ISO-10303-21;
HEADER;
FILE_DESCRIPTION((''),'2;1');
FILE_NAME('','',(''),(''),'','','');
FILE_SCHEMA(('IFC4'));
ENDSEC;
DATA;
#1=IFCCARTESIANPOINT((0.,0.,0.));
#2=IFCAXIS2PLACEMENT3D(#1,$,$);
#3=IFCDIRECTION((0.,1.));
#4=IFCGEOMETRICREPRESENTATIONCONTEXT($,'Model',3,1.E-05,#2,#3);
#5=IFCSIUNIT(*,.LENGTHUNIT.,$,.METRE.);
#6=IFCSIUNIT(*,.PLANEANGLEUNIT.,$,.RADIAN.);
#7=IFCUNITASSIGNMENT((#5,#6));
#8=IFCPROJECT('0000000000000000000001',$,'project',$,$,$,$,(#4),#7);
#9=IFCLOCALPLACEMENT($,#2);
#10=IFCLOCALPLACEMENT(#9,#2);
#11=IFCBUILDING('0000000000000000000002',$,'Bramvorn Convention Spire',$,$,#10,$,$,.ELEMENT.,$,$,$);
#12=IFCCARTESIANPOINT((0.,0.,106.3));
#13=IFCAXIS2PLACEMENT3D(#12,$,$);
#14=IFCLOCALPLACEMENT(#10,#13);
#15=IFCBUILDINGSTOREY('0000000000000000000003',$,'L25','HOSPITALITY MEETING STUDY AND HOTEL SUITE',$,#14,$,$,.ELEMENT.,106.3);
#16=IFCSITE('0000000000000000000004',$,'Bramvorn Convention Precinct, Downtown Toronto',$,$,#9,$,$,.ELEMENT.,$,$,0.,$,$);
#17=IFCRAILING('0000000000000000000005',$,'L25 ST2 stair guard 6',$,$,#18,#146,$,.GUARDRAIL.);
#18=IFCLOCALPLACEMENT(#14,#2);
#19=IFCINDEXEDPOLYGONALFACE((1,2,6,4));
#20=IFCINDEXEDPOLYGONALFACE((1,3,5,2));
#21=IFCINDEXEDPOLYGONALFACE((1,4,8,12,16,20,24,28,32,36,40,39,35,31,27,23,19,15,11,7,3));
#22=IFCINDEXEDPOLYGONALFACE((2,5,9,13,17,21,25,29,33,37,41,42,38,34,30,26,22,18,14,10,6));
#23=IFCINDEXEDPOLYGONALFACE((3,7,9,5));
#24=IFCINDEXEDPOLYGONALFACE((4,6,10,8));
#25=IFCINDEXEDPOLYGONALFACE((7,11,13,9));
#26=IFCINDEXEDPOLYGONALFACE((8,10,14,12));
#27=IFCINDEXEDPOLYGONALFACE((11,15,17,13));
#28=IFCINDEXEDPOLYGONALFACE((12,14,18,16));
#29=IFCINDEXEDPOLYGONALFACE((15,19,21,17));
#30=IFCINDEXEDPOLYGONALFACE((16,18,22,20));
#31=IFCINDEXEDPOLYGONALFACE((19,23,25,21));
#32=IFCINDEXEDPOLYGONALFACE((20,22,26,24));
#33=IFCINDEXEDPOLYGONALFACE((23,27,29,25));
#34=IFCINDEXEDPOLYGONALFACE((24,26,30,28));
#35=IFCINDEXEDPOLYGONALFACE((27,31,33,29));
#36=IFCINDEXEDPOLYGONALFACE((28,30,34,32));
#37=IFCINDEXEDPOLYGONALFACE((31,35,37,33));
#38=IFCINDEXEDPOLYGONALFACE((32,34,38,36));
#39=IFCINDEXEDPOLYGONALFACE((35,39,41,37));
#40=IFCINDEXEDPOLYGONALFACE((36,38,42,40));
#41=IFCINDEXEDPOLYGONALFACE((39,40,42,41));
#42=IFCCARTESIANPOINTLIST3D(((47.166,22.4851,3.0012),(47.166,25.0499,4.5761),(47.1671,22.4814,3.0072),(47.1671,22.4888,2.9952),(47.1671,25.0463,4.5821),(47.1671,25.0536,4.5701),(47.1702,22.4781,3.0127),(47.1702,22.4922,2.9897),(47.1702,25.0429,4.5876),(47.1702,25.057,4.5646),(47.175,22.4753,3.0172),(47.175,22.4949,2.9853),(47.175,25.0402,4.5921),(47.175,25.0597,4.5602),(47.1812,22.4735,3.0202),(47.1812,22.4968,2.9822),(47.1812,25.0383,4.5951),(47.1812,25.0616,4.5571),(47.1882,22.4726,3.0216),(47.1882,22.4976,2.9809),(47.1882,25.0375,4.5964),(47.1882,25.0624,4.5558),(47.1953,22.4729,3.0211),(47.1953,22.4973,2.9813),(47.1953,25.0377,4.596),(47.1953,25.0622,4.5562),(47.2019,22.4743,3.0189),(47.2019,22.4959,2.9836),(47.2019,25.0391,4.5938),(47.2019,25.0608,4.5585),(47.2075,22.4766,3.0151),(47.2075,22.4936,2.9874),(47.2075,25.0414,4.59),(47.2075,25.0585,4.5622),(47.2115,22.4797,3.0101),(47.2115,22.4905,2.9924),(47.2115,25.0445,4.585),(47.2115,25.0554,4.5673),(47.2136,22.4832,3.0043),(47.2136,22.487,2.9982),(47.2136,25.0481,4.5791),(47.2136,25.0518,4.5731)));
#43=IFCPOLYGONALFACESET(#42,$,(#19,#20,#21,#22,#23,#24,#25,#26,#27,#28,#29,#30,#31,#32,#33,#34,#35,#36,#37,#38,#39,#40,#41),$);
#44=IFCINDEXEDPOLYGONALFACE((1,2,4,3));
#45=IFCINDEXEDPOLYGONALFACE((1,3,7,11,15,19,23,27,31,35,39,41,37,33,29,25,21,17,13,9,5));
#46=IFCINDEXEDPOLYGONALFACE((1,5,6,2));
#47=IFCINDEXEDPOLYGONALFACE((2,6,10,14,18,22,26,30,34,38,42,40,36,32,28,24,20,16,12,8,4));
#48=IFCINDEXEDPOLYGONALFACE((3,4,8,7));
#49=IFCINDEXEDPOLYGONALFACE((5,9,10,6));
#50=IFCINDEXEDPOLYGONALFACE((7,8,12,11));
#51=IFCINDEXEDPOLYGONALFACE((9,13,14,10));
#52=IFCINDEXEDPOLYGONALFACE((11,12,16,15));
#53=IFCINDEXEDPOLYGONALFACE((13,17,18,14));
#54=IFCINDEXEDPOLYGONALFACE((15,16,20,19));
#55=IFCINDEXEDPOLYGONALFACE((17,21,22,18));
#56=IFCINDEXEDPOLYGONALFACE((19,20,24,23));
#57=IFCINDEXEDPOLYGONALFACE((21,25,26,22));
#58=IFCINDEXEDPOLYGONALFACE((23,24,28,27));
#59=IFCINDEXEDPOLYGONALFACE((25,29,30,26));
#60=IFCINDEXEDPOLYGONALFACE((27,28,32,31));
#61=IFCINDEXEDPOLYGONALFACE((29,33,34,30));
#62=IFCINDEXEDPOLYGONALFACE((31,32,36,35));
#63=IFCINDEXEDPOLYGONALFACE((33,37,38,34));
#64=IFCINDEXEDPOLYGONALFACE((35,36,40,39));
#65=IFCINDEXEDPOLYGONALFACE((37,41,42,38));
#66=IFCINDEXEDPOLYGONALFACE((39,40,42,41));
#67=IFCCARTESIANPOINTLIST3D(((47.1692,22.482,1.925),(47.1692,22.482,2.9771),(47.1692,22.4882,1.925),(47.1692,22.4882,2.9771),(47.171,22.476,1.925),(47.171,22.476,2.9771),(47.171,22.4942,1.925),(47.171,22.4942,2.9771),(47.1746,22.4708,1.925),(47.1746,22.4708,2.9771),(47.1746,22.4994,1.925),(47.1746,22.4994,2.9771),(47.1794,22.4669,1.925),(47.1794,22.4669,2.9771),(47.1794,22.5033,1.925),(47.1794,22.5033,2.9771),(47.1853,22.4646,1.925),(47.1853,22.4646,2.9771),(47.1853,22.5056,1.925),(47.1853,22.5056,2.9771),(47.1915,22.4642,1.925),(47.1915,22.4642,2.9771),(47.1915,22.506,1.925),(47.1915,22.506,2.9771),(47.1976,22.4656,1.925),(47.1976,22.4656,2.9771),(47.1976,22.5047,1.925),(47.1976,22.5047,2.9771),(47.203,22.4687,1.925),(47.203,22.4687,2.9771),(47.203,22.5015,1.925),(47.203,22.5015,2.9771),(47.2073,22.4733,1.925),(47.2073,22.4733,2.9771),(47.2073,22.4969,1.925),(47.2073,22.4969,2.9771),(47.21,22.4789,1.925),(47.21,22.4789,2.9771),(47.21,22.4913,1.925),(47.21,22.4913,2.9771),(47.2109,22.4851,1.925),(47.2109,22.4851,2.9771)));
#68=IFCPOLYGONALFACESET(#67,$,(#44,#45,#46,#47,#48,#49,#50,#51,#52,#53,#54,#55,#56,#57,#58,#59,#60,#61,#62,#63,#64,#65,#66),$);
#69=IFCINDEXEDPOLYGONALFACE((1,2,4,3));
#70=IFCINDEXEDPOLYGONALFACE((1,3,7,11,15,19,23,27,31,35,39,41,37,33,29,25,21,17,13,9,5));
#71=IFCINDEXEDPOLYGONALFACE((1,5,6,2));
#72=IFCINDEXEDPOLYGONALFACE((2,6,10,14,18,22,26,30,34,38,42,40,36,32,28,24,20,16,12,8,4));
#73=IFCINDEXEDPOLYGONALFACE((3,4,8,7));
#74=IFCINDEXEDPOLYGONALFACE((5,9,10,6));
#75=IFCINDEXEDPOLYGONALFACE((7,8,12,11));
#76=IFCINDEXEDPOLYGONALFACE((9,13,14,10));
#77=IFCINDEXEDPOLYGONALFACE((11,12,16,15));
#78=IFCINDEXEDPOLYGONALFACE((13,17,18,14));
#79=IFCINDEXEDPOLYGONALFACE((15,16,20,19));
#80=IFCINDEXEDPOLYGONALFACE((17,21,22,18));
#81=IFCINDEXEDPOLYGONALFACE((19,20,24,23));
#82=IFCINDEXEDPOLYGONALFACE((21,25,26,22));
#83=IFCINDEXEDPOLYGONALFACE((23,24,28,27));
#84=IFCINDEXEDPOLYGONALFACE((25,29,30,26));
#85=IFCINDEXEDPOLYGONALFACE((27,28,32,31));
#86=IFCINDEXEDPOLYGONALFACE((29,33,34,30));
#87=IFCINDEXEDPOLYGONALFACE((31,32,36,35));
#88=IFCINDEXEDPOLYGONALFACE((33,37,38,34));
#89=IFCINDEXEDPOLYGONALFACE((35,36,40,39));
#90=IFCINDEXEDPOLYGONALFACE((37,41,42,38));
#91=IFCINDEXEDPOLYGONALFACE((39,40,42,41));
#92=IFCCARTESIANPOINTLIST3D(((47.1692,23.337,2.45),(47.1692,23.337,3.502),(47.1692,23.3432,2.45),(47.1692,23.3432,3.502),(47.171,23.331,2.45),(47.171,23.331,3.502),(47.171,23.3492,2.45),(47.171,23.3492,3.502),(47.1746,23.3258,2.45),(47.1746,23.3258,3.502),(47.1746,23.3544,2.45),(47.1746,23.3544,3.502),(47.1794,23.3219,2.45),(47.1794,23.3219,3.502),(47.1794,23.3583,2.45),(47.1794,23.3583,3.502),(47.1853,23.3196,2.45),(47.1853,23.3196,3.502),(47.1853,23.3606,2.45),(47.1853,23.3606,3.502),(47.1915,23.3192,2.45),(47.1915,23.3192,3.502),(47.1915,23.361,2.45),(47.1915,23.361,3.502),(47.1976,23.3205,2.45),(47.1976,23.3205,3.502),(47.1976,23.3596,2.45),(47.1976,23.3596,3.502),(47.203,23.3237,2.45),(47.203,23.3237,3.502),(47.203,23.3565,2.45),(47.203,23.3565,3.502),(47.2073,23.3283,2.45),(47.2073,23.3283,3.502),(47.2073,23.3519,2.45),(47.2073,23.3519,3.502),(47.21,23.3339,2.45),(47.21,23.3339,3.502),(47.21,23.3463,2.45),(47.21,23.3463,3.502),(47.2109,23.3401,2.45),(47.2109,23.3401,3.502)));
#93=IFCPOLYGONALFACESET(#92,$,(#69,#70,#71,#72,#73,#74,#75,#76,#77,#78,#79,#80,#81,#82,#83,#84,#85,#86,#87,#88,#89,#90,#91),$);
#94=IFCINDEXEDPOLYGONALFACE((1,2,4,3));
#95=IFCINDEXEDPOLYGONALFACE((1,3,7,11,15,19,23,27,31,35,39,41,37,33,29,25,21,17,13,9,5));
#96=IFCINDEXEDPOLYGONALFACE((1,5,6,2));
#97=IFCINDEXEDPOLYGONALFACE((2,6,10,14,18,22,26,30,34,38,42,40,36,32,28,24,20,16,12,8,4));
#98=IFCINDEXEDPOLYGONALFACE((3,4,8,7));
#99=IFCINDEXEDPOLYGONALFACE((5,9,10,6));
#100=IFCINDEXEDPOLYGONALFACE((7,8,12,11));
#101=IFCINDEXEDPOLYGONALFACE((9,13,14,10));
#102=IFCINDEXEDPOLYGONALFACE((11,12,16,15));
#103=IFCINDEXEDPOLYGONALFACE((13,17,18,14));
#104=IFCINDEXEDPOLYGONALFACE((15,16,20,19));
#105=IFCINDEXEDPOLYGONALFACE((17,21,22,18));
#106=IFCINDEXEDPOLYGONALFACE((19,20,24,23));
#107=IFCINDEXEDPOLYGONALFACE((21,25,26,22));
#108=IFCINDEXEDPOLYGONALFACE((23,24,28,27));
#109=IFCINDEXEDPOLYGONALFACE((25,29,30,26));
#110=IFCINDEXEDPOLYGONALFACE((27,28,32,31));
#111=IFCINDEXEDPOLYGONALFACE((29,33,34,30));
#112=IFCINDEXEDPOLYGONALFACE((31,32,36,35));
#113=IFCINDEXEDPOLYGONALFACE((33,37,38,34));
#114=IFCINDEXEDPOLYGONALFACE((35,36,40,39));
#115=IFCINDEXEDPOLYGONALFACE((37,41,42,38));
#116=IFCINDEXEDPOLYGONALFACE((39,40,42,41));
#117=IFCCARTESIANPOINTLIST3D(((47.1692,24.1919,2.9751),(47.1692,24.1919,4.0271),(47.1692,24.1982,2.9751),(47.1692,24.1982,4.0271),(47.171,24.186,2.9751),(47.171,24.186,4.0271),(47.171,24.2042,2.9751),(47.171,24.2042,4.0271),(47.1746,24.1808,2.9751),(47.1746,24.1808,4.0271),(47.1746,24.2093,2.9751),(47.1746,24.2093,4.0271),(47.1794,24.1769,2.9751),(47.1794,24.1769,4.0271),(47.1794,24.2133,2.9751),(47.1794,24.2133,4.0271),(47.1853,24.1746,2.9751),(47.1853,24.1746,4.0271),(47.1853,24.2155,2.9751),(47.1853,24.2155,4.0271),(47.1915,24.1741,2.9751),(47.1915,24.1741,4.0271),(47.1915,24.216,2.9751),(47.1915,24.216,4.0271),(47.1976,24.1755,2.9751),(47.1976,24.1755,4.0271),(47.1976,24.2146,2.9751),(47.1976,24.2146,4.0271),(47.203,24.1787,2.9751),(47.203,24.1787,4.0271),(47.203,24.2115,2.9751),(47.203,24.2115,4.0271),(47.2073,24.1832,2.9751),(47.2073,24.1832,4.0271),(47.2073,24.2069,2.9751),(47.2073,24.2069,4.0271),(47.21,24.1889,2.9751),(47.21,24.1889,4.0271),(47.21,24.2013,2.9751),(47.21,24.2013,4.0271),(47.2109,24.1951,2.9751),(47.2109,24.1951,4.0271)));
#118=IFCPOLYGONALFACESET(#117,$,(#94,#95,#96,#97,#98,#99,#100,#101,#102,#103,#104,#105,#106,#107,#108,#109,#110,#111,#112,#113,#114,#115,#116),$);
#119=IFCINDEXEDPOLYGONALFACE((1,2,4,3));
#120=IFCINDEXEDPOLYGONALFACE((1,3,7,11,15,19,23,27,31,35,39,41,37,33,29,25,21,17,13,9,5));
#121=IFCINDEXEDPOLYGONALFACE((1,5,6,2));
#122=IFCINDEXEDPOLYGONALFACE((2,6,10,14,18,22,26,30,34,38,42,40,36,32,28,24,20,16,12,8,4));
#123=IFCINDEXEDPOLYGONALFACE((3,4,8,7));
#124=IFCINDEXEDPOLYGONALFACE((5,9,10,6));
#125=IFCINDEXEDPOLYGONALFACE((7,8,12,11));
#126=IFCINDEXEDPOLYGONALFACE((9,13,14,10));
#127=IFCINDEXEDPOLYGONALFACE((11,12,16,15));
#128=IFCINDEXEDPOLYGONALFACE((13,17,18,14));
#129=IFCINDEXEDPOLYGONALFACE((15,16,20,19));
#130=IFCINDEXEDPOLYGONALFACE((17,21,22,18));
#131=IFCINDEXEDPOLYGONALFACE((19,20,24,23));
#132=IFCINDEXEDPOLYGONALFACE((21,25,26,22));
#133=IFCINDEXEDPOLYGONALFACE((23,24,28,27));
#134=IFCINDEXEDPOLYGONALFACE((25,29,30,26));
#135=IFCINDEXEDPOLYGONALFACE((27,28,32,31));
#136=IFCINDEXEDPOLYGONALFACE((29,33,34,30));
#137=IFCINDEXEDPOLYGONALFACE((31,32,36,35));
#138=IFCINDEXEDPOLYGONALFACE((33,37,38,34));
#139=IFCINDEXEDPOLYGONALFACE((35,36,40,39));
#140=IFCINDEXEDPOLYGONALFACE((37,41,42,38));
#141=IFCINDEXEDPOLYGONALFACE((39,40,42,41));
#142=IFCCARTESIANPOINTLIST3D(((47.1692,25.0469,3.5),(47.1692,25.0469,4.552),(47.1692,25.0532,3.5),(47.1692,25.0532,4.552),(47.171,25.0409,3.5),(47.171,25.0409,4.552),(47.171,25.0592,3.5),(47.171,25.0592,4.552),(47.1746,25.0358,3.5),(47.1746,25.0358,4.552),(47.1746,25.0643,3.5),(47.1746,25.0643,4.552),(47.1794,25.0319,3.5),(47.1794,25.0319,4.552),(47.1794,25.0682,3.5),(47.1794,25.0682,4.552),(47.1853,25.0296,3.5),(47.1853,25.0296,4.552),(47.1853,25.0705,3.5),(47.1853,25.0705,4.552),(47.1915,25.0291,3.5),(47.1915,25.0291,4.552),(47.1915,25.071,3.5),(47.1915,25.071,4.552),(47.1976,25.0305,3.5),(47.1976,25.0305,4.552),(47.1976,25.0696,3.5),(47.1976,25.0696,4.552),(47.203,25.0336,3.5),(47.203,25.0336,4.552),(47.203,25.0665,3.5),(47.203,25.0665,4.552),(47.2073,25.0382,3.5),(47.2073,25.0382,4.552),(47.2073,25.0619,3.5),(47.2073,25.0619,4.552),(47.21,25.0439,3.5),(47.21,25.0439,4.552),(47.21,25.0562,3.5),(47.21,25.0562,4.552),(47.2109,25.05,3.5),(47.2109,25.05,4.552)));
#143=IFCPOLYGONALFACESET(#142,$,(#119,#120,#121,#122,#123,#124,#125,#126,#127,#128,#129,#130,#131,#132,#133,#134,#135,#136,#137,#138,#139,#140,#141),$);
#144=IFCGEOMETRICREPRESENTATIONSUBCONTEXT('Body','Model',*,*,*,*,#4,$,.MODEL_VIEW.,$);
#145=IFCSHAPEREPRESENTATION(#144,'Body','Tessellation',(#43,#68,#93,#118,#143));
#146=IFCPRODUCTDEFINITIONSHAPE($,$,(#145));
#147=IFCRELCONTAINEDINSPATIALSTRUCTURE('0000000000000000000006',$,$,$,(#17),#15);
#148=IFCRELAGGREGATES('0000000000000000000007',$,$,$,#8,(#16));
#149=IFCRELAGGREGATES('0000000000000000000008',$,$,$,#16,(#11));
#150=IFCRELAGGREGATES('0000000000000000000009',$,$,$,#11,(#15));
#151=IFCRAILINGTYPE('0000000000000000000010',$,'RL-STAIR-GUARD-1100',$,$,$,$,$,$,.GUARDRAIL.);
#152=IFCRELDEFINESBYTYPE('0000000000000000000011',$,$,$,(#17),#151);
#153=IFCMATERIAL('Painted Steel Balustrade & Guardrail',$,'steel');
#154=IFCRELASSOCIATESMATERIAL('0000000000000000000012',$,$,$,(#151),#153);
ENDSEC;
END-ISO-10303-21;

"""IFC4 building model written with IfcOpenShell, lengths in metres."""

from ifc_helpers import new_model, si_unit, direction, frame, origin, origin_2d, place, context, subcontext, project, spatial, circle, extrude, material, type_object, element, save


model = new_model("IFC4")

# Units and contexts
model_context = context("Model", 3, precision=1e-05, world=origin(), true_north=direction((0.0, 1.0)))
body_context = subcontext(model_context, "Body", "Model", "MODEL_VIEW")
ifc_project = project(units=[si_unit("LENGTHUNIT", "METRE"), si_unit("PLANEANGLEUNIT", "RADIAN")], contexts=[model_context])

# Site, building, storey
site_placement = place(None, origin())
site = spatial("IfcSite", under=ifc_project, at=site_placement, Name="Bramvorn Convention Precinct, Downtown Toronto", CompositionType="ELEMENT", RefElevation=0.0)
building_placement = place(site_placement, origin())
building = spatial("IfcBuilding", under=site, at=building_placement, Name="Bramvorn Convention Spire", CompositionType="ELEMENT")
storey_placement = place(building_placement, frame((0.0, 0.0, 106.3)))
storey = spatial("IfcBuildingStorey", under=building, at=storey_placement, Name="L25", Description="HOSPITALITY MEETING STUDY AND HOTEL SUITE", CompositionType="ELEMENT", Elevation=106.3)

# Railing
ifc_material_1 = material(Name="Painted Steel Balustrade & Guardrail", Category="steel")
railing_type = type_object("IfcRailingType", Name="RL-STAIR-GUARD-1100", PredefinedType="GUARDRAIL", material=ifc_material_1)
railing_1_placement = place(storey_placement, frame((47.1899, 22.4851, 1.925)))
element("IfcRailing", 1, at=railing_1_placement, inside=storey, type_object=railing_type, Name="L25 ST2 stair guard 6", PredefinedType="GUARDRAIL", context=body_context, shape_type="SweptSolid", body=[
    extrude(circle(Radius=0.0239, at=origin_2d()), frame((0.0, 0.0, 1.0762), z_axis=(0.0, 0.852173, 0.52326), x_axis=(-1.0, 0.0, 0.0)), (0.0, 0.0, 1.0), 3.0098),
    extrude(circle(Radius=0.021, at=origin_2d()), origin(), (0.0, 0.0, 1.0), 1.052),
    extrude(circle(Radius=0.021, at=origin_2d()), frame((0.0, 0.855, 0.5249)), (0.0, 0.0, 1.0), 1.052),
    extrude(circle(Radius=0.021, at=origin_2d()), frame((0.0, 1.71, 1.05)), (0.0, 0.0, 1.0), 1.052),
    extrude(circle(Radius=0.021, at=origin_2d()), frame((0.0, 2.5649, 1.575)), (0.0, 0.0, 1.0), 1.052),
])

save(model, "model.ifc")
